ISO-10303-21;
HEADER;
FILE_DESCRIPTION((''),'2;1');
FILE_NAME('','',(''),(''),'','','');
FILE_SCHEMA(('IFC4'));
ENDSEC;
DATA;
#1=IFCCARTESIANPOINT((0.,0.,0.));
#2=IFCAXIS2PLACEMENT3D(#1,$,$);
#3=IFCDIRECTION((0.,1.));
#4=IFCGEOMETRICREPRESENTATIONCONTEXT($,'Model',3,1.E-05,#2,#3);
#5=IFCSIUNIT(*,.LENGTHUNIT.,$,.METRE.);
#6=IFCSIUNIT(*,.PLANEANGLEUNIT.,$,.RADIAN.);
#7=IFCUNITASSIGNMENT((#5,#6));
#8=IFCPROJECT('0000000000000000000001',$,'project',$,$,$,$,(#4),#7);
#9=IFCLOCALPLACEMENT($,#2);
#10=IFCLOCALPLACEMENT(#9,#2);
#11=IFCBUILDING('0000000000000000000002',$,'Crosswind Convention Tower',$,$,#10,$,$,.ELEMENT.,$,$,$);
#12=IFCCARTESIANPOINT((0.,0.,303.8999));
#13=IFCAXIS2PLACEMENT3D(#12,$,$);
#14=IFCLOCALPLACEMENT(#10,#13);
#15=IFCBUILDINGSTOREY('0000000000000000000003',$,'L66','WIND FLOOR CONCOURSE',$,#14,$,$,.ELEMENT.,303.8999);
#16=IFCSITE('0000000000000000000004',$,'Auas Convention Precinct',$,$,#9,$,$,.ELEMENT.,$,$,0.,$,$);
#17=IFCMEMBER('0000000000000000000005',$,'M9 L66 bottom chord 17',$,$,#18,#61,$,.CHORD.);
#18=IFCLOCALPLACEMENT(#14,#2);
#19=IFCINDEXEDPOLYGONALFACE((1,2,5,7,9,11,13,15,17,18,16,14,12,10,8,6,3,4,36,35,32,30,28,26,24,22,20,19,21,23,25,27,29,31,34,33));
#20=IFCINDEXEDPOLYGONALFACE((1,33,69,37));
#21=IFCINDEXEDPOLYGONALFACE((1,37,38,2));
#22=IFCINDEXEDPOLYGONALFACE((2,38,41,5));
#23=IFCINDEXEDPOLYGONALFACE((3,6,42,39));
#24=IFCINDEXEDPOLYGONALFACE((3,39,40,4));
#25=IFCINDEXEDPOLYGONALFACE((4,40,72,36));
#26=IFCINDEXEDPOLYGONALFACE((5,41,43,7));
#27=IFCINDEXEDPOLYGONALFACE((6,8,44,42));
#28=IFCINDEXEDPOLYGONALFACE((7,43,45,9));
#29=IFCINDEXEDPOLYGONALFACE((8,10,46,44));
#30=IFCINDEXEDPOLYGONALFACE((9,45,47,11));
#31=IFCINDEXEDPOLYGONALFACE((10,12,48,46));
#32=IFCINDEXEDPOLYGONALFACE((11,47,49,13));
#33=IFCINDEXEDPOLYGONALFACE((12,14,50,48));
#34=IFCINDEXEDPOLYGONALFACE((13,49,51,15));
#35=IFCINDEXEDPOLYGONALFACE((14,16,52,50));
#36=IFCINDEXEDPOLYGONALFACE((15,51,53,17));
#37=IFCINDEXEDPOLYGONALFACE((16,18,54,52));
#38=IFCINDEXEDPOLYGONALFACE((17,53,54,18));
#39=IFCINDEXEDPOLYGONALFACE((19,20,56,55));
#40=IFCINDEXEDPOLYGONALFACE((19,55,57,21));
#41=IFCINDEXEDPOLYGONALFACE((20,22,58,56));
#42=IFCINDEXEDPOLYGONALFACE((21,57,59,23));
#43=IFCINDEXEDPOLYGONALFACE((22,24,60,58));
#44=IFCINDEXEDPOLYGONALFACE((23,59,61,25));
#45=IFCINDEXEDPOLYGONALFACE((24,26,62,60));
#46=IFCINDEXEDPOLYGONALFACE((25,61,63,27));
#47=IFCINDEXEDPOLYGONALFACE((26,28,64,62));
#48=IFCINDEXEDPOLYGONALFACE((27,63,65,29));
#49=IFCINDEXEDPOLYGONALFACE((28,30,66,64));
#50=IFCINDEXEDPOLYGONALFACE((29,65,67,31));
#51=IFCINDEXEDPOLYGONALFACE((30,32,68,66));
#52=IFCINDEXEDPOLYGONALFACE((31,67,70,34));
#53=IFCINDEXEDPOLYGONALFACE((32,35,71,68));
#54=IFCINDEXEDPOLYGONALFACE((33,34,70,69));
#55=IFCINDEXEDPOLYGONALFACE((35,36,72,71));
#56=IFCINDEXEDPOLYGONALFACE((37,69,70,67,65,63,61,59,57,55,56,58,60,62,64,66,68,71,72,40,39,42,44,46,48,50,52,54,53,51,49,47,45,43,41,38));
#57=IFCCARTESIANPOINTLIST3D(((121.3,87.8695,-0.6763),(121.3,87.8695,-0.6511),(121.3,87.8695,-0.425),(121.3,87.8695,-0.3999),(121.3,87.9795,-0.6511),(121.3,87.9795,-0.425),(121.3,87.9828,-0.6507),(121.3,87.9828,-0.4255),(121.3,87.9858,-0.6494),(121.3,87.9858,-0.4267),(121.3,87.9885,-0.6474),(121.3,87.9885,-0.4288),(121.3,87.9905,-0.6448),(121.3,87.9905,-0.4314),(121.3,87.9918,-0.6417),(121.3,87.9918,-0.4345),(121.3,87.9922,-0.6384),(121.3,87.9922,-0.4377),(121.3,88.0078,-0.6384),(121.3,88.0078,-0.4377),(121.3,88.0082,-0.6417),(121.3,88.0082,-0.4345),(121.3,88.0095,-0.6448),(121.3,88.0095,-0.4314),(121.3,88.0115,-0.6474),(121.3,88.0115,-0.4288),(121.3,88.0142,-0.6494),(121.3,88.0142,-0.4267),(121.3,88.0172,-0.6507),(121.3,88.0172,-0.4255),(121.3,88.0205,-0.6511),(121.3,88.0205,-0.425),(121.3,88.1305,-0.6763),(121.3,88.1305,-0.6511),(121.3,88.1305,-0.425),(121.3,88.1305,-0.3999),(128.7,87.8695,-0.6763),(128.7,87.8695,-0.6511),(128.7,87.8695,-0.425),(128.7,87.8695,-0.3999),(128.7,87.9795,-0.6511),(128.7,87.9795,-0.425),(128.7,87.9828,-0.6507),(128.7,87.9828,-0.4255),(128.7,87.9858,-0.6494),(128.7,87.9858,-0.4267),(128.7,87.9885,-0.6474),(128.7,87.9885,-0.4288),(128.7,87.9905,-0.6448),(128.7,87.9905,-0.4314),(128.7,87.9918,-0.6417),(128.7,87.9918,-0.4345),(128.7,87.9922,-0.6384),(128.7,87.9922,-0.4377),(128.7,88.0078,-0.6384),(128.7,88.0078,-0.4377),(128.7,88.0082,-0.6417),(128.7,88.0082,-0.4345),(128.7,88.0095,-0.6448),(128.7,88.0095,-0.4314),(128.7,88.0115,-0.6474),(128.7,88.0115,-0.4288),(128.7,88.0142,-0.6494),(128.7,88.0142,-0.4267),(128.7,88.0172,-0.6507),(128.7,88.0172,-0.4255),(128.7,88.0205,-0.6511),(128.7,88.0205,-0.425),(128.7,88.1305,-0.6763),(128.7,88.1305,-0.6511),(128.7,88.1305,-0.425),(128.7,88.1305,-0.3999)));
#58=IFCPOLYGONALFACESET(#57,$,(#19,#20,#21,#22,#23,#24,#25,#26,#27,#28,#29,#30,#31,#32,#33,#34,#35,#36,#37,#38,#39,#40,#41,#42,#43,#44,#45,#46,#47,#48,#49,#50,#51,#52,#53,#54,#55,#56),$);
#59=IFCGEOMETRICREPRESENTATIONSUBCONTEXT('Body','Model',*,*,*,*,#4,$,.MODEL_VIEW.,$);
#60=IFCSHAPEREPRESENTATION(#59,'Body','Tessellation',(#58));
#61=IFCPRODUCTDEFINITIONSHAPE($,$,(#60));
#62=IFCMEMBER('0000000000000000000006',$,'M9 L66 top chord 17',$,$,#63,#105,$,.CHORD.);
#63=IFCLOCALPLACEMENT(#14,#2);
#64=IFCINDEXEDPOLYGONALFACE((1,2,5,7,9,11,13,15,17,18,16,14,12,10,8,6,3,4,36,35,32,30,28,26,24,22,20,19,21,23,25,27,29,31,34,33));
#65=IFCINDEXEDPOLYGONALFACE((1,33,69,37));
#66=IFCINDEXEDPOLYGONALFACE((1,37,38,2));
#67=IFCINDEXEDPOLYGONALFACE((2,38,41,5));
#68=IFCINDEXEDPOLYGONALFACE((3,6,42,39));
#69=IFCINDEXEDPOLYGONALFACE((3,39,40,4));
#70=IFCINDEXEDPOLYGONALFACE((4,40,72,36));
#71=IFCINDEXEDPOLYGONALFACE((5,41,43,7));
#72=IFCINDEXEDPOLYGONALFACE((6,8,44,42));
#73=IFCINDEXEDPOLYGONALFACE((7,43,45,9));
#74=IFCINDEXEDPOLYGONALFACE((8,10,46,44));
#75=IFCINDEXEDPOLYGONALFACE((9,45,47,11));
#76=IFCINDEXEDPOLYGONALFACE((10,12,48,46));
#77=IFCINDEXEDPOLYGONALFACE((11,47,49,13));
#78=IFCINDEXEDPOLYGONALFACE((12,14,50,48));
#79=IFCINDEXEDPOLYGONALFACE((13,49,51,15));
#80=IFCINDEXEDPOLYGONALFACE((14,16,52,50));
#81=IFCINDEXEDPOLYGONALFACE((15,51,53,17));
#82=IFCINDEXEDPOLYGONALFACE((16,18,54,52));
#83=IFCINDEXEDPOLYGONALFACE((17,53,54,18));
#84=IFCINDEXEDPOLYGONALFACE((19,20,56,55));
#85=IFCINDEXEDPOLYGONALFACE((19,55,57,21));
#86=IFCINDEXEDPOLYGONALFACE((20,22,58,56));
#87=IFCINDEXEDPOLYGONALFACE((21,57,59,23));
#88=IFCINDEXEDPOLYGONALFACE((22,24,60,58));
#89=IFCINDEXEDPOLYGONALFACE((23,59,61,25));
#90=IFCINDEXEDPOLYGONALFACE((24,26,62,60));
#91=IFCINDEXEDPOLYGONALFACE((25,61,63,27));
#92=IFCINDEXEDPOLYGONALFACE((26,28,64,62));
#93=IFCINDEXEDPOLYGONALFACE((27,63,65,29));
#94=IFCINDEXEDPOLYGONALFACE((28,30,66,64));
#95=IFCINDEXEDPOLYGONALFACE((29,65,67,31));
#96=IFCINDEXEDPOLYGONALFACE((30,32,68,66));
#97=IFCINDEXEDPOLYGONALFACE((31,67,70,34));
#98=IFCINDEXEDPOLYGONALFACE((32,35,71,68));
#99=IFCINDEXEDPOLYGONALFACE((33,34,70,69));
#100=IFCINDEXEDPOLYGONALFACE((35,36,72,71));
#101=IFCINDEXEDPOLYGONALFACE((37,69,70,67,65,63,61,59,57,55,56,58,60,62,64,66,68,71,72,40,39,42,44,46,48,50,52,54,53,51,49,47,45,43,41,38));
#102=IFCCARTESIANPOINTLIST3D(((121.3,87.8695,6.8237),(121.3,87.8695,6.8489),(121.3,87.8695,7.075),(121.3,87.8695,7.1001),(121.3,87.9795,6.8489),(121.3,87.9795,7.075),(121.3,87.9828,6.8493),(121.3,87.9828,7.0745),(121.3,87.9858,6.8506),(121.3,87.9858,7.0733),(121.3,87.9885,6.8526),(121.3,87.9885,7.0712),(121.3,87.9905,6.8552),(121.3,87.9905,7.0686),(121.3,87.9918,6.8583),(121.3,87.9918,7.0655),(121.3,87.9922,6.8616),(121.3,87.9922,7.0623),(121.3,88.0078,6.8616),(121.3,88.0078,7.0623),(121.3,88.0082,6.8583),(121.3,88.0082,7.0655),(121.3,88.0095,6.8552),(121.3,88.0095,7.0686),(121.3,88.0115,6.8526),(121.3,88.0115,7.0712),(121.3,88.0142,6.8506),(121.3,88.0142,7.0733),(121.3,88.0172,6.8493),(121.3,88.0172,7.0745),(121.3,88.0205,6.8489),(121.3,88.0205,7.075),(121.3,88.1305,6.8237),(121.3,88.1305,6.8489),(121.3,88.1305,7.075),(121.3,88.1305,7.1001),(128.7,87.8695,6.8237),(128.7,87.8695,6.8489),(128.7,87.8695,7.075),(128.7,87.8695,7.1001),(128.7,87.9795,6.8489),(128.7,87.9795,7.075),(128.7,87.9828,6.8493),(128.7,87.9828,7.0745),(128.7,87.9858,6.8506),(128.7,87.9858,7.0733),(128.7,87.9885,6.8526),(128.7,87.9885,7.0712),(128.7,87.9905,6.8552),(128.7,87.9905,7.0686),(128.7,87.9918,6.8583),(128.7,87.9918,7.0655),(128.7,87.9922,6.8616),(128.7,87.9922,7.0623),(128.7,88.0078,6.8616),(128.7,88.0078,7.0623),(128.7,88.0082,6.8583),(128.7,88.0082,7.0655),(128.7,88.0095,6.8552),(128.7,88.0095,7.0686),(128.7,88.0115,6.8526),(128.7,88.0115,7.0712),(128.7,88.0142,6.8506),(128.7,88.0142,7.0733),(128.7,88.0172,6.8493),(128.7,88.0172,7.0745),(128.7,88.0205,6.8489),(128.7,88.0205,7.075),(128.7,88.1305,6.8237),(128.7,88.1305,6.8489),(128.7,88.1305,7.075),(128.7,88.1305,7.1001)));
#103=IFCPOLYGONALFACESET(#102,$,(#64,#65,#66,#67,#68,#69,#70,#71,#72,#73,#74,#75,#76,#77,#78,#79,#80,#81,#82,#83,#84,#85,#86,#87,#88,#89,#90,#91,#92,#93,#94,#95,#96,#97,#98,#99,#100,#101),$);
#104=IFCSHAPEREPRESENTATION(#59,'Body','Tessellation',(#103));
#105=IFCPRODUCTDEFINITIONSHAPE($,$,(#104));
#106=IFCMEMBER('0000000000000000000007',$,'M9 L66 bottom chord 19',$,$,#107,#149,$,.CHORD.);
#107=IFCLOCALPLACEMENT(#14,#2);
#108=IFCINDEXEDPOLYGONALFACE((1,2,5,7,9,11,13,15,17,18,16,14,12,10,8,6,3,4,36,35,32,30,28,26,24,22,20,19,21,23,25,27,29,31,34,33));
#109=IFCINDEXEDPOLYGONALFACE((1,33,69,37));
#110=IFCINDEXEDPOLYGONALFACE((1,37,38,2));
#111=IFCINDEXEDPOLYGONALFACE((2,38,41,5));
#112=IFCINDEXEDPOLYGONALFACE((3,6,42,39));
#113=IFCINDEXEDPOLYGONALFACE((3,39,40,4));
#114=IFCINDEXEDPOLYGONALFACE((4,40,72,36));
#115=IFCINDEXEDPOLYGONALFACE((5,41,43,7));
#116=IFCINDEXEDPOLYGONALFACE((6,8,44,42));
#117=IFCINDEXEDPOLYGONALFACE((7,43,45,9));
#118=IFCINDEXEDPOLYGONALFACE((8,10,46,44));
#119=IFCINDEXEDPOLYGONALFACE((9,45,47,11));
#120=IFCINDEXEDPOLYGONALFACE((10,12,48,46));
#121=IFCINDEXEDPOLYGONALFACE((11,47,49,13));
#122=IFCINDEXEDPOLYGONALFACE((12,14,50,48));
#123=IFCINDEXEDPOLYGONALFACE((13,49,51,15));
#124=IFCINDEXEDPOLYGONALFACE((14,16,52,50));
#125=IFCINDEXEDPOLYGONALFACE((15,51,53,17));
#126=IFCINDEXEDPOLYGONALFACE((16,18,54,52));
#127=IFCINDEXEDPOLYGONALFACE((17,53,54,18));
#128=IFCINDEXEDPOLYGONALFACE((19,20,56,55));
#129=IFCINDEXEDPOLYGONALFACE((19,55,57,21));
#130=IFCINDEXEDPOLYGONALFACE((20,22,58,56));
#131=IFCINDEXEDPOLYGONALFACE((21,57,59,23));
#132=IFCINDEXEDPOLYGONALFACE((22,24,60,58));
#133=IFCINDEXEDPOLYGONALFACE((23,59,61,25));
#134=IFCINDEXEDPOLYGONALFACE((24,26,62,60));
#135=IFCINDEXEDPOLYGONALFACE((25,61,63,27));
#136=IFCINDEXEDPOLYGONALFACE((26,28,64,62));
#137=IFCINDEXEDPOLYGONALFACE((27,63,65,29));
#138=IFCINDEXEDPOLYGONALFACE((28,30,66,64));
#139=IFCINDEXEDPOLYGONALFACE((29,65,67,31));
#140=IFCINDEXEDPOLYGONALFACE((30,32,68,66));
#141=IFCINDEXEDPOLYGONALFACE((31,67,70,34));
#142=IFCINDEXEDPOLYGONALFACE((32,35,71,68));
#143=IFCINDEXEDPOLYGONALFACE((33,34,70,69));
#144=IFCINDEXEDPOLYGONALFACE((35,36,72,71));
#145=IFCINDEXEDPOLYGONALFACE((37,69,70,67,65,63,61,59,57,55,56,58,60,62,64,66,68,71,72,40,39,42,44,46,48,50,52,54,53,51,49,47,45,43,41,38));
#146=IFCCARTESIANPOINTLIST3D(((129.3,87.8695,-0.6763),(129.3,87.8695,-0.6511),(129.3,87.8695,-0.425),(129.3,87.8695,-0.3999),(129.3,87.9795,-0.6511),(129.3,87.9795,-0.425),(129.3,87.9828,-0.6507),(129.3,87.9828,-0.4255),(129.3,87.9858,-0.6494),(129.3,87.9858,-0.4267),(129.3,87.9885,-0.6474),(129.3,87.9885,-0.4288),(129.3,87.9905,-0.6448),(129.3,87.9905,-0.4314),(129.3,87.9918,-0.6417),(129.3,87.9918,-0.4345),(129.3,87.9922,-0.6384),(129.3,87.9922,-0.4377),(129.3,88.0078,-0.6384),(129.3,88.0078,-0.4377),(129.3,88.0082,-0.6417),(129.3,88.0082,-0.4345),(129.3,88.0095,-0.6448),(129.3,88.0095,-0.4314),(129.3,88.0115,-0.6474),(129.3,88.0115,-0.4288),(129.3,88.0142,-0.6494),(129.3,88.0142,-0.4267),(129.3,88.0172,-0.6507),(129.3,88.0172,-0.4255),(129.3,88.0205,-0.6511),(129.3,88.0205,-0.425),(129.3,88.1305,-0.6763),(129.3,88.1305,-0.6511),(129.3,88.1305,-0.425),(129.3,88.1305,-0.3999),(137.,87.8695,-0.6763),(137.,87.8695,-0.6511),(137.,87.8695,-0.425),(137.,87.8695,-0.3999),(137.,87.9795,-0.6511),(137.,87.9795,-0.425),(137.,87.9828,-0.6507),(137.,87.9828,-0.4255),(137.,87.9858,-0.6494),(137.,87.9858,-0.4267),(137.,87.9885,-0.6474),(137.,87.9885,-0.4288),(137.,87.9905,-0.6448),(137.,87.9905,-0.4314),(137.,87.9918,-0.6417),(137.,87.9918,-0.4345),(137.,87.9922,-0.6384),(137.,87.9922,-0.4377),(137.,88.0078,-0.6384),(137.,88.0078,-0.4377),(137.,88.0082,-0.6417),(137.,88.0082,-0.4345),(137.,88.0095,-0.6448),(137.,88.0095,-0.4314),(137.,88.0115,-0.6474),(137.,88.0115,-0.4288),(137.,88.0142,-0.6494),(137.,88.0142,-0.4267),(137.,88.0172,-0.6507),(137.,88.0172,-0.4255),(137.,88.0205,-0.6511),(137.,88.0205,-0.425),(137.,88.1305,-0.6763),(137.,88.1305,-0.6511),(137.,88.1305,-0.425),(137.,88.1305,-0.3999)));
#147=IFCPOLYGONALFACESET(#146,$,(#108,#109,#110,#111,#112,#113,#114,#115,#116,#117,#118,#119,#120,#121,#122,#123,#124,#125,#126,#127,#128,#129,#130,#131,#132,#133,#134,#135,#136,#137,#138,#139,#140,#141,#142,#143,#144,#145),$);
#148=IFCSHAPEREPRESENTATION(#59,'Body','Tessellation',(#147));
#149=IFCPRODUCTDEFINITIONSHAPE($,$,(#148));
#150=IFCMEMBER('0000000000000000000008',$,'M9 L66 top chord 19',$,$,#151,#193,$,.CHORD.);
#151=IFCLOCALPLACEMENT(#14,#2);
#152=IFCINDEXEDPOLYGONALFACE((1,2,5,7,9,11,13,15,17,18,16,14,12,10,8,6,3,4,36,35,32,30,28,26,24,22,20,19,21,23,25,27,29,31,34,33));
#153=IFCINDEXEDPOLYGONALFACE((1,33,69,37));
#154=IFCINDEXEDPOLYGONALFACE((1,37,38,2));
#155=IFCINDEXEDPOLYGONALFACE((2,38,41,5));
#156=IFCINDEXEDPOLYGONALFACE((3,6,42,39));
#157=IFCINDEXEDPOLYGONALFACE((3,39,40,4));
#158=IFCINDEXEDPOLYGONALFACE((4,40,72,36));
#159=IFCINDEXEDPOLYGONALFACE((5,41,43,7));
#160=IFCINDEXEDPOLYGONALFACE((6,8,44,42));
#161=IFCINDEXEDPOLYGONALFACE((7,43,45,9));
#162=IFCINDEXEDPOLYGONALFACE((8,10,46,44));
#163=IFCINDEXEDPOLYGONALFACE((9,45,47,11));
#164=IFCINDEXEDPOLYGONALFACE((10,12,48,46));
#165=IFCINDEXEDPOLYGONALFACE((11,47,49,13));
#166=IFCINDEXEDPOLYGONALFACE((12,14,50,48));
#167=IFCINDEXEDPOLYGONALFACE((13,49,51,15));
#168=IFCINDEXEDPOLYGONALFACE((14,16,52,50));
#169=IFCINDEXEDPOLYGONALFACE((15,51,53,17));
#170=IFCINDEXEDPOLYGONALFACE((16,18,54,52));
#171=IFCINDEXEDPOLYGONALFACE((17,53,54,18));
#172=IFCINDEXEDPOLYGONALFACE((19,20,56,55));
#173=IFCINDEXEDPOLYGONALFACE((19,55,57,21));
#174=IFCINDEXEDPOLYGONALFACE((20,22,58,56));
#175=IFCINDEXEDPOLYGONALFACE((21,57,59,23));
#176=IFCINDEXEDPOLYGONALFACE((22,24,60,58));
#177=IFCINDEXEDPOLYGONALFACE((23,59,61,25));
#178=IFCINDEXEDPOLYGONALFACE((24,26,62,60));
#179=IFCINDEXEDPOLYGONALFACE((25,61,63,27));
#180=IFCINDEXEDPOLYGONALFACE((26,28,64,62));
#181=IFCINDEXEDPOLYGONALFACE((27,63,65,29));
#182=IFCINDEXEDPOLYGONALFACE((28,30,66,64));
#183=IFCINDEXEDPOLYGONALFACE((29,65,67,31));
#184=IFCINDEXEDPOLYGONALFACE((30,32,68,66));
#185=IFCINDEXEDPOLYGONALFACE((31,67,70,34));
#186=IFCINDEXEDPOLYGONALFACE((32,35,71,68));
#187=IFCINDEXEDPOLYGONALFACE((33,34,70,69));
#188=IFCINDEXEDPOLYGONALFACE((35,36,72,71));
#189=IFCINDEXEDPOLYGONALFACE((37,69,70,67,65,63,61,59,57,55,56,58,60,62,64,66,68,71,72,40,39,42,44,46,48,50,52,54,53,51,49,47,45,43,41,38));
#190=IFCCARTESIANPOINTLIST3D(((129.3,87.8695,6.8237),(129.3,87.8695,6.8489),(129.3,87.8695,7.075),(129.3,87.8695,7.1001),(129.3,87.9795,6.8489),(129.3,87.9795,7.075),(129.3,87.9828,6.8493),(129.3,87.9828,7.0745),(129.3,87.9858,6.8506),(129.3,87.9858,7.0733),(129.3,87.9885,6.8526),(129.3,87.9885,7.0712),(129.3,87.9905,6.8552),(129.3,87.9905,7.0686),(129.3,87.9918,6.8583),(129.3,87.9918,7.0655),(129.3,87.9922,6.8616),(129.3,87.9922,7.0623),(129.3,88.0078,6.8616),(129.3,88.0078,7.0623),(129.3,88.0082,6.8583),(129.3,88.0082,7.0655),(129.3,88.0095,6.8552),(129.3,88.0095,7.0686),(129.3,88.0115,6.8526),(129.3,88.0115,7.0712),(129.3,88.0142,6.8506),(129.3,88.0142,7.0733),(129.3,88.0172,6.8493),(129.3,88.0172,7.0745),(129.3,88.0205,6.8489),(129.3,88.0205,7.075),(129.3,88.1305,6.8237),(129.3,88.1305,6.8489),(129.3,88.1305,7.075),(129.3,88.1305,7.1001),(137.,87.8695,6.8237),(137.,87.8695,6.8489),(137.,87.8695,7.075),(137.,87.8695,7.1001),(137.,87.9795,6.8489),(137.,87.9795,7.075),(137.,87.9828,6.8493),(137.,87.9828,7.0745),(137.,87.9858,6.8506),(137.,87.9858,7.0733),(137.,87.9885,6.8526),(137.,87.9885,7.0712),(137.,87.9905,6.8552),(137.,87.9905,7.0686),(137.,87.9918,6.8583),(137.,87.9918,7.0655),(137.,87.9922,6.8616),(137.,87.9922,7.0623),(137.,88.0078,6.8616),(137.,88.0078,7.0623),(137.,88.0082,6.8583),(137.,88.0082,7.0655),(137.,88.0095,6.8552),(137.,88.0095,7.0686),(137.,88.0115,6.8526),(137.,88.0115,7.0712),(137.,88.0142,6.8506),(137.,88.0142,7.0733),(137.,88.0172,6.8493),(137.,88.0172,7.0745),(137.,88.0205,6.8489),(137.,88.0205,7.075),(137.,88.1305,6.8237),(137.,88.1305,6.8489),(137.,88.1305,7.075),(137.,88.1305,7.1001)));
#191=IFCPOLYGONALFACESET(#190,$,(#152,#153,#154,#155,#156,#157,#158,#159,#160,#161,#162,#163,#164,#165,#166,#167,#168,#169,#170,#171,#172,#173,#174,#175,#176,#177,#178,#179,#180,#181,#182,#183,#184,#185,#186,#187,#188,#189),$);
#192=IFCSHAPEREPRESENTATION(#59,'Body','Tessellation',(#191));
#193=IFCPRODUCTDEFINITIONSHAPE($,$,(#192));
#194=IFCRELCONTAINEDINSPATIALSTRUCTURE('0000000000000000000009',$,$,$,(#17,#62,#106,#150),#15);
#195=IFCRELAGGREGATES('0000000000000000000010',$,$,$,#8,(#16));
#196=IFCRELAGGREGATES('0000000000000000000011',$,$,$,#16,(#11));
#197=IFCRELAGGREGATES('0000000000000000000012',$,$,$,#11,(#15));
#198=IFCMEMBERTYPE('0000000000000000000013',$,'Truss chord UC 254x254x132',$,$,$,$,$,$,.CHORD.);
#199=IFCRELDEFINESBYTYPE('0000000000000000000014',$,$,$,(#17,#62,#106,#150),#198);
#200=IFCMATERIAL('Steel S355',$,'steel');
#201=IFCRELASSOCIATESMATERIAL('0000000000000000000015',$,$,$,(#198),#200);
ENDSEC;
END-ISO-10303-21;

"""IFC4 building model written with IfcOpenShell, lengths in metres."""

from ifc_helpers import new_model, si_unit, direction, frame, origin, origin_2d, place, context, subcontext, project, spatial, i_section, extrude, material, material_profile, profile_set, type_object, element, save


model = new_model("IFC4")

# Units and contexts
model_context = context("Model", 3, precision=1e-05, world=origin(), true_north=direction((0.0, 1.0)))
body_context = subcontext(model_context, "Body", "Model", "MODEL_VIEW")
ifc_project = project(units=[si_unit("LENGTHUNIT", "METRE"), si_unit("PLANEANGLEUNIT", "RADIAN")], contexts=[model_context])

# Site, building, storey
site_placement = place(None, origin())
site = spatial("IfcSite", under=ifc_project, at=site_placement, Name="Auas Convention Precinct", CompositionType="ELEMENT", RefElevation=0.0)
building_placement = place(site_placement, origin())
building = spatial("IfcBuilding", under=site, at=building_placement, Name="Crosswind Convention Tower", CompositionType="ELEMENT")
storey_placement = place(building_placement, frame((0.0, 0.0, 303.8999)))
storey = spatial("IfcBuildingStorey", under=building, at=storey_placement, Name="L66", Description="WIND FLOOR CONCOURSE", CompositionType="ELEMENT", Elevation=303.8999)

# Shared definitions
ifc_material_1 = material(Name="Steel S355", Category="steel")

# Members
ifc_material_profile_1 = material_profile(ifc_material_1, i_section(OverallWidth=0.261, OverallDepth=0.2764, WebThickness=0.0156, FlangeThickness=0.0251, FilletRadius=0.0127, at=origin_2d()), Name="UC 254x254x132")
ifc_profile_set_1 = profile_set([ifc_material_profile_1], Name="Steel S355")
member_type_1 = type_object("IfcMemberType", Name="Truss chord UC 254x254x132", PredefinedType="CHORD", material=ifc_profile_set_1)
for number, where, z_axis, x_axis, name in (
    (1, (121.3, 88.0, -0.5381), (1.0, 0.0, 0.0), (0.0, 1.0, 0.0), "M9 L66 bottom chord 17"),
    (2, (121.3, 88.0, 6.9619), (1.0, 0.0, 0.0), (0.0, 1.0, 0.0), "M9 L66 top chord 17"),
):
    element("IfcMember", number, at=place(storey_placement, frame(where, z_axis=z_axis, x_axis=x_axis)), inside=storey, type_object=member_type_1, Name=name, PredefinedType="CHORD", context=body_context, shape_type="SweptSolid", body=[
        extrude(i_section(OverallWidth=0.261, OverallDepth=0.2764, WebThickness=0.0156, FlangeThickness=0.0251, FilletRadius=0.0127, at=origin_2d()), origin(), (0.0, 0.0, 1.0), 7.3999),
    ])
for number, where, z_axis, x_axis, name in (
    (3, (129.3, 88.0, -0.5381), (1.0, 0.0, 0.0), (0.0, 1.0, 0.0), "M9 L66 bottom chord 19"),
    (4, (129.3, 88.0, 6.9619), (1.0, 0.0, 0.0), (0.0, 1.0, 0.0), "M9 L66 top chord 19"),
):
    element("IfcMember", number, at=place(storey_placement, frame(where, z_axis=z_axis, x_axis=x_axis)), inside=storey, type_object=member_type_1, Name=name, PredefinedType="CHORD", context=body_context, shape_type="SweptSolid", body=[
        extrude(i_section(OverallWidth=0.261, OverallDepth=0.2764, WebThickness=0.0156, FlangeThickness=0.0251, FilletRadius=0.0127, at=origin_2d()), origin(), (0.0, 0.0, 1.0), 7.7),
    ])

save(model, "model.ifc")
